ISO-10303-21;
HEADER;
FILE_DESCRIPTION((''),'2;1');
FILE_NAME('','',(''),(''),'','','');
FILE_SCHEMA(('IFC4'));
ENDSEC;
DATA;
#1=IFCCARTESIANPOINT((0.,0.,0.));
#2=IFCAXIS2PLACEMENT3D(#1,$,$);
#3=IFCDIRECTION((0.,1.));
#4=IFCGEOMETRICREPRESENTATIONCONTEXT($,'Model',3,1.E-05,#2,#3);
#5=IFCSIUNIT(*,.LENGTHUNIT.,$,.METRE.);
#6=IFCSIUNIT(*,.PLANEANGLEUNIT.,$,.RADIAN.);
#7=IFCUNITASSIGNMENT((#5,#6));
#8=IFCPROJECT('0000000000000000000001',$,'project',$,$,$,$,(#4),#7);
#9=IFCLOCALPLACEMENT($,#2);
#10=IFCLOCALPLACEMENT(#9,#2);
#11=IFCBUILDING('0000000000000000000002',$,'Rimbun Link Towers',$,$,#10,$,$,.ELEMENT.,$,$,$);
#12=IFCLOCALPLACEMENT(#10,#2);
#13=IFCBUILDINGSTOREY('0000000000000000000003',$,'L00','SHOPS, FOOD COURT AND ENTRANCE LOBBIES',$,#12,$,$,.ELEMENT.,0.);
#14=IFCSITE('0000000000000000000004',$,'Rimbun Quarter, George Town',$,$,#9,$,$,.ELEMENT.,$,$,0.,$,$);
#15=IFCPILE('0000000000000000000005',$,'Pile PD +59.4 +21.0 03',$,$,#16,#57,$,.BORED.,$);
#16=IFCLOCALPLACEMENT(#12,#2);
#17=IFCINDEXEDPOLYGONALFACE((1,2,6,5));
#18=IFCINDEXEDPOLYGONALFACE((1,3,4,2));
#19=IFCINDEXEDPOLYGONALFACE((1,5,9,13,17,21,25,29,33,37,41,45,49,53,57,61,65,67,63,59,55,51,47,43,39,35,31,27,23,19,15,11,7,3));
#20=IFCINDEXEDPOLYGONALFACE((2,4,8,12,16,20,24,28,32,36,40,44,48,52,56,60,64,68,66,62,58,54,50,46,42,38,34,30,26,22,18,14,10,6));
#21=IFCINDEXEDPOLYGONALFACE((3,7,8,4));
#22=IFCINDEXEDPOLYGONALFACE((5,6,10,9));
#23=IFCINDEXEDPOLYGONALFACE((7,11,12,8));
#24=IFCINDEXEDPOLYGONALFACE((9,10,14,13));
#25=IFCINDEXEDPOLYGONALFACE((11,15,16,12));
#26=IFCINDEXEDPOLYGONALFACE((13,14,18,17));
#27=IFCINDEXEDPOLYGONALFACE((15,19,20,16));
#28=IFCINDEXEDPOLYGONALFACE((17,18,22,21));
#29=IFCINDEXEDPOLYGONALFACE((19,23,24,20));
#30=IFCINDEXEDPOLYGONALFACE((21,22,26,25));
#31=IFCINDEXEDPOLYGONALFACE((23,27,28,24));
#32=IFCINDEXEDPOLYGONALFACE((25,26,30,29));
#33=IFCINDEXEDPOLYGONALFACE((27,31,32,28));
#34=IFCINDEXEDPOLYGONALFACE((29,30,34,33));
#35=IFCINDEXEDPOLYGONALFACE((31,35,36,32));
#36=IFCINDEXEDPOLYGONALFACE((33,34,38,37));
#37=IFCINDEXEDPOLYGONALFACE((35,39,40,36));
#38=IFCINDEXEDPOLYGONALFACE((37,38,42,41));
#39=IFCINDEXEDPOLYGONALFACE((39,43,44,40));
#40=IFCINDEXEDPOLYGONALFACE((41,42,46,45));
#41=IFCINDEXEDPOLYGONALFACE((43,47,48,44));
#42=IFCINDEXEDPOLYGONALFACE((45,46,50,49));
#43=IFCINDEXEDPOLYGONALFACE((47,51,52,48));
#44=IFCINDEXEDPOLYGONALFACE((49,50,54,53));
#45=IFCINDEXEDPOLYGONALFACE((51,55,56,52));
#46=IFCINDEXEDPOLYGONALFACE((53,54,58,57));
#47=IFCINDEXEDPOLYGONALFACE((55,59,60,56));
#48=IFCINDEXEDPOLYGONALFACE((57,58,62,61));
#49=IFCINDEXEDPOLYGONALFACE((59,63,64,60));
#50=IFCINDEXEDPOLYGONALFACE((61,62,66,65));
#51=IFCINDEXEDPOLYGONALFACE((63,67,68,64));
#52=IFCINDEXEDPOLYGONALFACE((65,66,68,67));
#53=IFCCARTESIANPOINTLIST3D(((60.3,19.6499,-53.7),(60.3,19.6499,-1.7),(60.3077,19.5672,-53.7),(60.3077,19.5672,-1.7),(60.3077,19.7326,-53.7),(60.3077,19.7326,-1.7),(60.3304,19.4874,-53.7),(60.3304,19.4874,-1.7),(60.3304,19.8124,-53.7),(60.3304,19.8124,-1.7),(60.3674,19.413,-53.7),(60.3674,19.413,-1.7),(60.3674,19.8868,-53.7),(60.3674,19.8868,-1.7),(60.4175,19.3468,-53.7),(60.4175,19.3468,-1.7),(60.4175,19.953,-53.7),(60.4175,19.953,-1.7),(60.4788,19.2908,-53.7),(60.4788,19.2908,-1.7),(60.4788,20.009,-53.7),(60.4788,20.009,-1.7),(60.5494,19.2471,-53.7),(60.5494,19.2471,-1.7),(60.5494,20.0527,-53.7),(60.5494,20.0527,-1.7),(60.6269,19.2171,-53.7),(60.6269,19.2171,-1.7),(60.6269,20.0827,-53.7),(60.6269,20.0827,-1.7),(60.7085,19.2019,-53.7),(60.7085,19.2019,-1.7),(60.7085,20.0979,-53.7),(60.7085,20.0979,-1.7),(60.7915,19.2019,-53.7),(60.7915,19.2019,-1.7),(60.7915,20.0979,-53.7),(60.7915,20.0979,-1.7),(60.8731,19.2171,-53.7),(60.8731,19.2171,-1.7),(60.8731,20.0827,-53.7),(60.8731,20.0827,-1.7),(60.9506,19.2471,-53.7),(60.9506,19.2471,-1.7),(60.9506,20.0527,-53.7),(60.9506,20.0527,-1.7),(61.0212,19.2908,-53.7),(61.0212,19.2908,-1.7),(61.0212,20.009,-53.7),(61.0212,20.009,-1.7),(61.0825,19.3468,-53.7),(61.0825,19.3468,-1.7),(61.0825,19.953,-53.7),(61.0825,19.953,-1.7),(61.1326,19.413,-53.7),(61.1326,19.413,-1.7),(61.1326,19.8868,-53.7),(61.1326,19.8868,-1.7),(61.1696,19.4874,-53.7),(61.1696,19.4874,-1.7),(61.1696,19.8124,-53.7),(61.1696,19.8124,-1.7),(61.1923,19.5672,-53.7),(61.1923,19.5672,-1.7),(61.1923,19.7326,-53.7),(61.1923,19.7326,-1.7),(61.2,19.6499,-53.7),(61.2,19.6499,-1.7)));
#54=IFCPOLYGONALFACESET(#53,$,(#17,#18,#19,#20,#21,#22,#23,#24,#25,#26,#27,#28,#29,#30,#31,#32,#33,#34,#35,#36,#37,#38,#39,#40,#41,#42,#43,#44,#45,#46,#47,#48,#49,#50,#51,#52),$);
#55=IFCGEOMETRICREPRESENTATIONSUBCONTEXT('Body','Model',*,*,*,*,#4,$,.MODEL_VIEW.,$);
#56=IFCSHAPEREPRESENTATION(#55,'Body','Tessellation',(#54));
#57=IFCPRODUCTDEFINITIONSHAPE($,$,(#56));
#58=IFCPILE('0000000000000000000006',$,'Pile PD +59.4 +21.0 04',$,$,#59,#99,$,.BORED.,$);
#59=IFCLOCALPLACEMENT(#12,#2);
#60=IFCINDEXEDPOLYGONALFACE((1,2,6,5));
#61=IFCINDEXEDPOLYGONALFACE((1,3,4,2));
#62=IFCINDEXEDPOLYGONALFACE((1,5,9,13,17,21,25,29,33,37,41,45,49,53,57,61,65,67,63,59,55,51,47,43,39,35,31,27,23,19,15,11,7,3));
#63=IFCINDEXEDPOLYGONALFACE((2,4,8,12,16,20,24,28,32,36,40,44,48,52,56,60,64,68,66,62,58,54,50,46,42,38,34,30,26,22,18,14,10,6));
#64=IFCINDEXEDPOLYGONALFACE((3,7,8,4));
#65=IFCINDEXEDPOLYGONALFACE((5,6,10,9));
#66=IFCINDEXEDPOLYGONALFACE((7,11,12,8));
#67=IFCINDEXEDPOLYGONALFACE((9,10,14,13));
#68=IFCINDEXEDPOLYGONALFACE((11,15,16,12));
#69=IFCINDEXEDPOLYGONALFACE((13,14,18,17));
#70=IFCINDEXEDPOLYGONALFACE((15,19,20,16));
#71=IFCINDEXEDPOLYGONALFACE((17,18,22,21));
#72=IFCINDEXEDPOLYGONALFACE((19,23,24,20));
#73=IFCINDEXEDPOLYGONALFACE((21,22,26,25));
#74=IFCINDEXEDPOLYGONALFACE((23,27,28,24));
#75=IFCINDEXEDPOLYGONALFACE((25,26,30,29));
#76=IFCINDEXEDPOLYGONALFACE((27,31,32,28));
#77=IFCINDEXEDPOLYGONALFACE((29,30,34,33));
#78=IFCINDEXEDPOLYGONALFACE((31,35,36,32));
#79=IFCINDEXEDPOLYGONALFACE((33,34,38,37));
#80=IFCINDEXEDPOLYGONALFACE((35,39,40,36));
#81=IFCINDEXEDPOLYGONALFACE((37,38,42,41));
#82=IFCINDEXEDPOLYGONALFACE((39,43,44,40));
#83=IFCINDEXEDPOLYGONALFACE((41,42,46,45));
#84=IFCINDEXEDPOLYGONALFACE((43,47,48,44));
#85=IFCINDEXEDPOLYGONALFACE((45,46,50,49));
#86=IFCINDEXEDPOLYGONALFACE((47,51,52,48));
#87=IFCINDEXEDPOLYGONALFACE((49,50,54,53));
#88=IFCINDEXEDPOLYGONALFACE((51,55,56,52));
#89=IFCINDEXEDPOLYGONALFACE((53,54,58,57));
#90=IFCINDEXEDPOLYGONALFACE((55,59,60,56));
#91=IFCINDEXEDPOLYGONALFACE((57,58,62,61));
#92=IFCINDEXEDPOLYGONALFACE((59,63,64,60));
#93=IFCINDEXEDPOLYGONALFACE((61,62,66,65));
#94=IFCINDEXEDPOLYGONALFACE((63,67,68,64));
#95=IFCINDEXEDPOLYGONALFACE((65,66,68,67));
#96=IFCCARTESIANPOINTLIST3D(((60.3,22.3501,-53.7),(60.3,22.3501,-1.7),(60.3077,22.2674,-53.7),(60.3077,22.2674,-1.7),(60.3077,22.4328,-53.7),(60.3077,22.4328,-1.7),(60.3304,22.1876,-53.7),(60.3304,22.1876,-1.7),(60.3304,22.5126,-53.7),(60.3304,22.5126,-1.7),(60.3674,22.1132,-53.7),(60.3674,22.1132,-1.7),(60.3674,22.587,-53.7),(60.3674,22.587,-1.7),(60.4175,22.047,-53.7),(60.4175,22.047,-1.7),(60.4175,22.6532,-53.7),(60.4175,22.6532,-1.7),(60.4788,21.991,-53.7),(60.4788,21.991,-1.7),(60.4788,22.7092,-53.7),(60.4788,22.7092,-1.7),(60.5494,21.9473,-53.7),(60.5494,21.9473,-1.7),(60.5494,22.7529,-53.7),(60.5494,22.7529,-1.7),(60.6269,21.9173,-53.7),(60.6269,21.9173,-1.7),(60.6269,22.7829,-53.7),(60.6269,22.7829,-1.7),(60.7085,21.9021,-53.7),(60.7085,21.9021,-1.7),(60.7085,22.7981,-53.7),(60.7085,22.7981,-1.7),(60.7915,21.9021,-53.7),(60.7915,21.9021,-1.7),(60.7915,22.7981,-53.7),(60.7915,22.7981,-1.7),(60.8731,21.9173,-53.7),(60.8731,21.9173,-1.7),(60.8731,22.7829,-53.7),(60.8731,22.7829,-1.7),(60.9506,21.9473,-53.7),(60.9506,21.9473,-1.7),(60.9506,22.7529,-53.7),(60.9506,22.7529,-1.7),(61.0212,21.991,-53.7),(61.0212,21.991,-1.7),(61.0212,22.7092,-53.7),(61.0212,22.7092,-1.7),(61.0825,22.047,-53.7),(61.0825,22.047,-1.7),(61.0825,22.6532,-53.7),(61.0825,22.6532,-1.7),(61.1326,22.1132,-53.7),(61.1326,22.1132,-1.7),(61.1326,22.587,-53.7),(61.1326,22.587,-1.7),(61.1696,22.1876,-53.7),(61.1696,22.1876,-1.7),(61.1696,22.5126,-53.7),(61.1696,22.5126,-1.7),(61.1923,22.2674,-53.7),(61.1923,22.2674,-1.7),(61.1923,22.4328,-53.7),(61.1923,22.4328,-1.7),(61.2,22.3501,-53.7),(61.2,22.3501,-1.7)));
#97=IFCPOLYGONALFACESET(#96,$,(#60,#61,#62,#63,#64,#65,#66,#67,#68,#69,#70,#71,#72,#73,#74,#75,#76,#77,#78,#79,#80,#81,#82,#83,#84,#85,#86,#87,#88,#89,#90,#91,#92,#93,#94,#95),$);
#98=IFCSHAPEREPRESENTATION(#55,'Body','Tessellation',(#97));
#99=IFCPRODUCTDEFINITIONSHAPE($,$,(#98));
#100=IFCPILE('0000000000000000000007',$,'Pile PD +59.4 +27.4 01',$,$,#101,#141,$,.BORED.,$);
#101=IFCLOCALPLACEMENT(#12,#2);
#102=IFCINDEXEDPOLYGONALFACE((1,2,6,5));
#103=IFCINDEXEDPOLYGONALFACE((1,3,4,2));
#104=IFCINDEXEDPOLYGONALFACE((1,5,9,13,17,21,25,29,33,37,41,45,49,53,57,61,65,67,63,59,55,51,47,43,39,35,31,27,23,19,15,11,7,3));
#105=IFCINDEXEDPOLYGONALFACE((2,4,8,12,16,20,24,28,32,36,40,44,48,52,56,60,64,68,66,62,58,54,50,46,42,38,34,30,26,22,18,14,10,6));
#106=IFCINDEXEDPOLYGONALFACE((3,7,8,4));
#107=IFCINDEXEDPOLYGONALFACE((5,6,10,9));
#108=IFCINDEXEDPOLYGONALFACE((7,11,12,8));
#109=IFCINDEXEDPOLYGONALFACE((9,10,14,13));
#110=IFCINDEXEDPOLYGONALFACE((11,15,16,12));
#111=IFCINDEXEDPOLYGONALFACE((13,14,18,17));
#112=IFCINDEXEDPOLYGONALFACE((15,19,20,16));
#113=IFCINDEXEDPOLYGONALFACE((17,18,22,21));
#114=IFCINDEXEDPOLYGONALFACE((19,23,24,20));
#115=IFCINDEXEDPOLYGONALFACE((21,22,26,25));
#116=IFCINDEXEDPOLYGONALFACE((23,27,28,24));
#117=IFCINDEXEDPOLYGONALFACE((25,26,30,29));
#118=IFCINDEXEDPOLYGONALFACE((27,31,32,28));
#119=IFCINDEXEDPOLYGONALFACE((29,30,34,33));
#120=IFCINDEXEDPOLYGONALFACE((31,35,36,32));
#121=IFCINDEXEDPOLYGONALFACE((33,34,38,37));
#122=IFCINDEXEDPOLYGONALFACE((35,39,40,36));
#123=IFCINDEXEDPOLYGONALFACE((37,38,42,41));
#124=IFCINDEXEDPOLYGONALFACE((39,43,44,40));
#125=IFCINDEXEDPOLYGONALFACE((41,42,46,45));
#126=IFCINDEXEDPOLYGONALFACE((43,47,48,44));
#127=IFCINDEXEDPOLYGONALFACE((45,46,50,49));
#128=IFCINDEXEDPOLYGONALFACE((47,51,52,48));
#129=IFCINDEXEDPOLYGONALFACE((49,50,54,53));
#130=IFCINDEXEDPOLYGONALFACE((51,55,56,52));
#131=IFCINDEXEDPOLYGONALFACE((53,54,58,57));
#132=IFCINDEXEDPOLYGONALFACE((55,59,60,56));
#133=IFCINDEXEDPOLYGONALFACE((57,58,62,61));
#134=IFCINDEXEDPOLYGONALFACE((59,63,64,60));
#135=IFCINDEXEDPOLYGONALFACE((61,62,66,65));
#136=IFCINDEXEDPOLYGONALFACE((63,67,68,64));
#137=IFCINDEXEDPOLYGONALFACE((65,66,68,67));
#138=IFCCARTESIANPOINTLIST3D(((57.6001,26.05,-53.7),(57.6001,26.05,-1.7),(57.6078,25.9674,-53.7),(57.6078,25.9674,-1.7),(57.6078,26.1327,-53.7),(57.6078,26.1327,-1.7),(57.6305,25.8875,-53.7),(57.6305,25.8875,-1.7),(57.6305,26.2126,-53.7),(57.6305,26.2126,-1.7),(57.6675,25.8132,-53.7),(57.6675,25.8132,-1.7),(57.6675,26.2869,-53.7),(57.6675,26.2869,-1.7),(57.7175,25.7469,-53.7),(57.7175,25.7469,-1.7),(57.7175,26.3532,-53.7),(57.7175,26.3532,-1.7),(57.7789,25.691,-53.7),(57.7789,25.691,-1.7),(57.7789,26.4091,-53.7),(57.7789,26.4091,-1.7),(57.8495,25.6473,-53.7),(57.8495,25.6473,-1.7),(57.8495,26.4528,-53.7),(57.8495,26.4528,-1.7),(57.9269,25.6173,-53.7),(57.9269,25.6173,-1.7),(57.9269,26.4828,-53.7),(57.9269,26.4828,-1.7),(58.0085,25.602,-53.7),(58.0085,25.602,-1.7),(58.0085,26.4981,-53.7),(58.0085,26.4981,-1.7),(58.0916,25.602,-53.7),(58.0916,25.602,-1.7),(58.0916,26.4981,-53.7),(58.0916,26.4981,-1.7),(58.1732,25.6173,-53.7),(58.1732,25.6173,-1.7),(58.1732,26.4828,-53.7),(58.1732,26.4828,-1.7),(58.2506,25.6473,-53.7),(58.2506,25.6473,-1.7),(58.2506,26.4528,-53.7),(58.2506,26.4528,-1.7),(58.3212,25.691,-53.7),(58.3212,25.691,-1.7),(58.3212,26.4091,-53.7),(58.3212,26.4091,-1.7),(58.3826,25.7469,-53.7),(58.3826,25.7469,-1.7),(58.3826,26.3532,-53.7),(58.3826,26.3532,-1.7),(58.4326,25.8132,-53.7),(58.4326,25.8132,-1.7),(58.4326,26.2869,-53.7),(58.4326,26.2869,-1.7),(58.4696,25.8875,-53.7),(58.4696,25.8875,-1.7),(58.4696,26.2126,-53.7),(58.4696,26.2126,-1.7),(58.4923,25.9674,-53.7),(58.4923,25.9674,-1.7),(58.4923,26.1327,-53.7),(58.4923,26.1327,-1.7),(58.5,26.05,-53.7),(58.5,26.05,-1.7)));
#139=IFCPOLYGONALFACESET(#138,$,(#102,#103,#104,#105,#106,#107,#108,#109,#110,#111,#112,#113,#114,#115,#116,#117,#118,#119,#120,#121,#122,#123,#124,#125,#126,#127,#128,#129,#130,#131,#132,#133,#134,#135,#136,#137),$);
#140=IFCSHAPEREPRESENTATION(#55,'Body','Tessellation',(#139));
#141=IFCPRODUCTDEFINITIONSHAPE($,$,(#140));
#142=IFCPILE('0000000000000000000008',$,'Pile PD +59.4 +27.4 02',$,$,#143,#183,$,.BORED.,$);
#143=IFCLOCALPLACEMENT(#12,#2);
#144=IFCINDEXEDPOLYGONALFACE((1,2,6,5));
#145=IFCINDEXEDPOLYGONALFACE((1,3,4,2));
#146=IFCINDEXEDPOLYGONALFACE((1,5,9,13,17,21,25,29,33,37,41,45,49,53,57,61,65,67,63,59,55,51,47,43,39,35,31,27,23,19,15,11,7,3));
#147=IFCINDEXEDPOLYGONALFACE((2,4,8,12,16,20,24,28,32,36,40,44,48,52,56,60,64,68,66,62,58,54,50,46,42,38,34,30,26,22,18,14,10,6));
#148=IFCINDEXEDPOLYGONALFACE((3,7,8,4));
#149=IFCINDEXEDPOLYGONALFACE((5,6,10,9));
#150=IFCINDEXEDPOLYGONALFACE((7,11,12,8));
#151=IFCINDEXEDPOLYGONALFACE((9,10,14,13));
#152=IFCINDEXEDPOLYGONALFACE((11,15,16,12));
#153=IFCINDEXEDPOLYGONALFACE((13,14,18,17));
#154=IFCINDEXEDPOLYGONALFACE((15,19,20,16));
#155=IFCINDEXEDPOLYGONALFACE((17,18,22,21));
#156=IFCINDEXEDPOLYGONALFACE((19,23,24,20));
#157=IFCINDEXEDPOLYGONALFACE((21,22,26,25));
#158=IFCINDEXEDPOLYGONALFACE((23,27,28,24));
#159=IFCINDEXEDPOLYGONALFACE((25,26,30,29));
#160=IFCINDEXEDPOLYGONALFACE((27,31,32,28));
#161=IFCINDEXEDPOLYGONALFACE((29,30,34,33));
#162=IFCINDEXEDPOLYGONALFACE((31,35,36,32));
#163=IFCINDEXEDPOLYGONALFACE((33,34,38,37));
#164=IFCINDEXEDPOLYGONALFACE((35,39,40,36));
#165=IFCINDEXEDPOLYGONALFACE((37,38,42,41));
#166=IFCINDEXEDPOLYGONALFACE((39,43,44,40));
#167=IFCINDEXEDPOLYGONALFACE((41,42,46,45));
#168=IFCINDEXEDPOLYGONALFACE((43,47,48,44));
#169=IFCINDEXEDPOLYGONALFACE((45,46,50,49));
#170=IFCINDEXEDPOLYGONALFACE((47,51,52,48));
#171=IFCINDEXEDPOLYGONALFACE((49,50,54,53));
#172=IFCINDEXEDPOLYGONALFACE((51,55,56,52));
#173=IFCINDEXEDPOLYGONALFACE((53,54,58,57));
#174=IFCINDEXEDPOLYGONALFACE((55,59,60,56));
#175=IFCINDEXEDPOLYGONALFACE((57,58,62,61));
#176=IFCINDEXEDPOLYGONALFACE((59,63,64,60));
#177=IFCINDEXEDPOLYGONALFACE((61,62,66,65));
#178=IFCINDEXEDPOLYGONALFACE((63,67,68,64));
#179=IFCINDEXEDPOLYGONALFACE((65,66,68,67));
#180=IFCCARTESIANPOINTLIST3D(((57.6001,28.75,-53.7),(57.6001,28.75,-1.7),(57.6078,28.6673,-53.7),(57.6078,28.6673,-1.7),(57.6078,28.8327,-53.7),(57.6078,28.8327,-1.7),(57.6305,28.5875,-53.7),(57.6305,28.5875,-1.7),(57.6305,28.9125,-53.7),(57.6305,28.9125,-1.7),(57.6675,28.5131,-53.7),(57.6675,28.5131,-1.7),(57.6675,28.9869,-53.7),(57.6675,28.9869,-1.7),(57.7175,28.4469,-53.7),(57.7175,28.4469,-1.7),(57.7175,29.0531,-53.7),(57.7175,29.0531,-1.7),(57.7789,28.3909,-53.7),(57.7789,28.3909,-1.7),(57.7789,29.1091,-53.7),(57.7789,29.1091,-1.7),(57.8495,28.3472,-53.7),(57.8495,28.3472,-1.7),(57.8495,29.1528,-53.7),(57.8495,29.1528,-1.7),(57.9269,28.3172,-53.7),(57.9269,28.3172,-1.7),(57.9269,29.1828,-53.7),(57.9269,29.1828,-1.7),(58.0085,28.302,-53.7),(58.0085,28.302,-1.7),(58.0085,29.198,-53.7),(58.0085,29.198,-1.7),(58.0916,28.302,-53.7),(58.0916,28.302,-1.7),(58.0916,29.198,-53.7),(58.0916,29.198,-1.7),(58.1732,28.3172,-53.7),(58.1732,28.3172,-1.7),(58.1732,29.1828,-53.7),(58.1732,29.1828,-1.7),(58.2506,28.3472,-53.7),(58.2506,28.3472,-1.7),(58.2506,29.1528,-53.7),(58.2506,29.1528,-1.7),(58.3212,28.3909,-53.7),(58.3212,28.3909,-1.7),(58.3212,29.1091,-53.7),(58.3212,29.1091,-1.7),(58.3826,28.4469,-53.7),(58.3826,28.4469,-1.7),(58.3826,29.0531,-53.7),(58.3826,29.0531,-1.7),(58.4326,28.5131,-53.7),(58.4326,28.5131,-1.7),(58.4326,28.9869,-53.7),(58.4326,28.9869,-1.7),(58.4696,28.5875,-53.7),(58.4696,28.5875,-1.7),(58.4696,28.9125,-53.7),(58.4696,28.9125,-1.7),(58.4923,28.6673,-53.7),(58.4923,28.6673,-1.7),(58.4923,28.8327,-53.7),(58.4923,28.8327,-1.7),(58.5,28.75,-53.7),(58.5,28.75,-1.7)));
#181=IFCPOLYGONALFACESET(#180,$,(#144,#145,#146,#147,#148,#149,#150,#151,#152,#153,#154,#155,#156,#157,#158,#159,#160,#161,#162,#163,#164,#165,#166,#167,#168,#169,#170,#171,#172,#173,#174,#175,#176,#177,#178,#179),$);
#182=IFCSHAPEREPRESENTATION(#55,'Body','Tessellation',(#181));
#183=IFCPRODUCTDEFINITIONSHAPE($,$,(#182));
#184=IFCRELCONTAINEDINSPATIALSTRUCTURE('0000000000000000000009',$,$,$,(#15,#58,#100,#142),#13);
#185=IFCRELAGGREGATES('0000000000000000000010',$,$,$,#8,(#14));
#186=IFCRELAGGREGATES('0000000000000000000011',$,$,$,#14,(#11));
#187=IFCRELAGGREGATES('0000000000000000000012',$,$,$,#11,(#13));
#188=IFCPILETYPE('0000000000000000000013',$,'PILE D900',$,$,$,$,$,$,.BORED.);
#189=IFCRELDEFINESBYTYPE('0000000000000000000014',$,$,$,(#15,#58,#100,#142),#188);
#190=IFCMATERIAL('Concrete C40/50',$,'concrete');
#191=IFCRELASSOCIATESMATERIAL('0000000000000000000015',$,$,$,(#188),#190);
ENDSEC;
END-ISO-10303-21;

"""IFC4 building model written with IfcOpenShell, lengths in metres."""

from ifc_helpers import new_model, si_unit, direction, frame, origin, origin_2d, place, context, subcontext, project, spatial, circle, extrude, material, material_profile, profile_set, type_object, element, save


model = new_model("IFC4")

# Units and contexts
model_context = context("Model", 3, precision=1e-05, world=origin(), true_north=direction((0.0, 1.0)))
body_context = subcontext(model_context, "Body", "Model", "MODEL_VIEW")
ifc_project = project(units=[si_unit("LENGTHUNIT", "METRE"), si_unit("PLANEANGLEUNIT", "RADIAN")], contexts=[model_context])

# Site, building, storey
site_placement = place(None, origin())
site = spatial("IfcSite", under=ifc_project, at=site_placement, Name="Rimbun Quarter, George Town", CompositionType="ELEMENT", RefElevation=0.0)
building_placement = place(site_placement, origin())
building = spatial("IfcBuilding", under=site, at=building_placement, Name="Rimbun Link Towers", CompositionType="ELEMENT")
storey_placement = place(building_placement, origin())
storey = spatial("IfcBuildingStorey", under=building, at=storey_placement, Name="L00", Description="SHOPS, FOOD COURT AND ENTRANCE LOBBIES", CompositionType="ELEMENT", Elevation=0.0)

# Piles
ifc_material_1 = material(Name="Concrete C40/50", Category="concrete")
ifc_material_profile_1 = material_profile(ifc_material_1, circle(Radius=0.45, at=origin_2d()), Name="PILE D900")
ifc_profile_set_1 = profile_set([ifc_material_profile_1], Name="Concrete C40/50")
pile_type = type_object("IfcPileType", Name="PILE D900", PredefinedType="BORED", material=ifc_profile_set_1)
for number, where, z_axis, x_axis, name in (
    (1, (60.75, 19.6499, -1.7), (0.0, 0.0, -1.0), (1.0, 0.0, 0.0), "Pile PD +59.4 +21.0 03"),
    (2, (60.75, 22.3501, -1.7), (0.0, 0.0, -1.0), (1.0, 0.0, 0.0), "Pile PD +59.4 +21.0 04"),
    (3, (58.05, 26.05, -1.7), (0.0, 0.0, -1.0), (1.0, 0.0, 0.0), "Pile PD +59.4 +27.4 01"),
    (4, (58.05, 28.75, -1.7), (0.0, 0.0, -1.0), (1.0, 0.0, 0.0), "Pile PD +59.4 +27.4 02"),
):
    element("IfcPile", number, at=place(storey_placement, frame(where, z_axis=z_axis, x_axis=x_axis)), inside=storey, type_object=pile_type, Name=name, PredefinedType="BORED", context=body_context, shape_type="SweptSolid", body=[
        extrude(circle(Radius=0.45, at=origin_2d()), origin(), (0.0, 0.0, 1.0), 52.0),
    ])

save(model, "model.ifc")
